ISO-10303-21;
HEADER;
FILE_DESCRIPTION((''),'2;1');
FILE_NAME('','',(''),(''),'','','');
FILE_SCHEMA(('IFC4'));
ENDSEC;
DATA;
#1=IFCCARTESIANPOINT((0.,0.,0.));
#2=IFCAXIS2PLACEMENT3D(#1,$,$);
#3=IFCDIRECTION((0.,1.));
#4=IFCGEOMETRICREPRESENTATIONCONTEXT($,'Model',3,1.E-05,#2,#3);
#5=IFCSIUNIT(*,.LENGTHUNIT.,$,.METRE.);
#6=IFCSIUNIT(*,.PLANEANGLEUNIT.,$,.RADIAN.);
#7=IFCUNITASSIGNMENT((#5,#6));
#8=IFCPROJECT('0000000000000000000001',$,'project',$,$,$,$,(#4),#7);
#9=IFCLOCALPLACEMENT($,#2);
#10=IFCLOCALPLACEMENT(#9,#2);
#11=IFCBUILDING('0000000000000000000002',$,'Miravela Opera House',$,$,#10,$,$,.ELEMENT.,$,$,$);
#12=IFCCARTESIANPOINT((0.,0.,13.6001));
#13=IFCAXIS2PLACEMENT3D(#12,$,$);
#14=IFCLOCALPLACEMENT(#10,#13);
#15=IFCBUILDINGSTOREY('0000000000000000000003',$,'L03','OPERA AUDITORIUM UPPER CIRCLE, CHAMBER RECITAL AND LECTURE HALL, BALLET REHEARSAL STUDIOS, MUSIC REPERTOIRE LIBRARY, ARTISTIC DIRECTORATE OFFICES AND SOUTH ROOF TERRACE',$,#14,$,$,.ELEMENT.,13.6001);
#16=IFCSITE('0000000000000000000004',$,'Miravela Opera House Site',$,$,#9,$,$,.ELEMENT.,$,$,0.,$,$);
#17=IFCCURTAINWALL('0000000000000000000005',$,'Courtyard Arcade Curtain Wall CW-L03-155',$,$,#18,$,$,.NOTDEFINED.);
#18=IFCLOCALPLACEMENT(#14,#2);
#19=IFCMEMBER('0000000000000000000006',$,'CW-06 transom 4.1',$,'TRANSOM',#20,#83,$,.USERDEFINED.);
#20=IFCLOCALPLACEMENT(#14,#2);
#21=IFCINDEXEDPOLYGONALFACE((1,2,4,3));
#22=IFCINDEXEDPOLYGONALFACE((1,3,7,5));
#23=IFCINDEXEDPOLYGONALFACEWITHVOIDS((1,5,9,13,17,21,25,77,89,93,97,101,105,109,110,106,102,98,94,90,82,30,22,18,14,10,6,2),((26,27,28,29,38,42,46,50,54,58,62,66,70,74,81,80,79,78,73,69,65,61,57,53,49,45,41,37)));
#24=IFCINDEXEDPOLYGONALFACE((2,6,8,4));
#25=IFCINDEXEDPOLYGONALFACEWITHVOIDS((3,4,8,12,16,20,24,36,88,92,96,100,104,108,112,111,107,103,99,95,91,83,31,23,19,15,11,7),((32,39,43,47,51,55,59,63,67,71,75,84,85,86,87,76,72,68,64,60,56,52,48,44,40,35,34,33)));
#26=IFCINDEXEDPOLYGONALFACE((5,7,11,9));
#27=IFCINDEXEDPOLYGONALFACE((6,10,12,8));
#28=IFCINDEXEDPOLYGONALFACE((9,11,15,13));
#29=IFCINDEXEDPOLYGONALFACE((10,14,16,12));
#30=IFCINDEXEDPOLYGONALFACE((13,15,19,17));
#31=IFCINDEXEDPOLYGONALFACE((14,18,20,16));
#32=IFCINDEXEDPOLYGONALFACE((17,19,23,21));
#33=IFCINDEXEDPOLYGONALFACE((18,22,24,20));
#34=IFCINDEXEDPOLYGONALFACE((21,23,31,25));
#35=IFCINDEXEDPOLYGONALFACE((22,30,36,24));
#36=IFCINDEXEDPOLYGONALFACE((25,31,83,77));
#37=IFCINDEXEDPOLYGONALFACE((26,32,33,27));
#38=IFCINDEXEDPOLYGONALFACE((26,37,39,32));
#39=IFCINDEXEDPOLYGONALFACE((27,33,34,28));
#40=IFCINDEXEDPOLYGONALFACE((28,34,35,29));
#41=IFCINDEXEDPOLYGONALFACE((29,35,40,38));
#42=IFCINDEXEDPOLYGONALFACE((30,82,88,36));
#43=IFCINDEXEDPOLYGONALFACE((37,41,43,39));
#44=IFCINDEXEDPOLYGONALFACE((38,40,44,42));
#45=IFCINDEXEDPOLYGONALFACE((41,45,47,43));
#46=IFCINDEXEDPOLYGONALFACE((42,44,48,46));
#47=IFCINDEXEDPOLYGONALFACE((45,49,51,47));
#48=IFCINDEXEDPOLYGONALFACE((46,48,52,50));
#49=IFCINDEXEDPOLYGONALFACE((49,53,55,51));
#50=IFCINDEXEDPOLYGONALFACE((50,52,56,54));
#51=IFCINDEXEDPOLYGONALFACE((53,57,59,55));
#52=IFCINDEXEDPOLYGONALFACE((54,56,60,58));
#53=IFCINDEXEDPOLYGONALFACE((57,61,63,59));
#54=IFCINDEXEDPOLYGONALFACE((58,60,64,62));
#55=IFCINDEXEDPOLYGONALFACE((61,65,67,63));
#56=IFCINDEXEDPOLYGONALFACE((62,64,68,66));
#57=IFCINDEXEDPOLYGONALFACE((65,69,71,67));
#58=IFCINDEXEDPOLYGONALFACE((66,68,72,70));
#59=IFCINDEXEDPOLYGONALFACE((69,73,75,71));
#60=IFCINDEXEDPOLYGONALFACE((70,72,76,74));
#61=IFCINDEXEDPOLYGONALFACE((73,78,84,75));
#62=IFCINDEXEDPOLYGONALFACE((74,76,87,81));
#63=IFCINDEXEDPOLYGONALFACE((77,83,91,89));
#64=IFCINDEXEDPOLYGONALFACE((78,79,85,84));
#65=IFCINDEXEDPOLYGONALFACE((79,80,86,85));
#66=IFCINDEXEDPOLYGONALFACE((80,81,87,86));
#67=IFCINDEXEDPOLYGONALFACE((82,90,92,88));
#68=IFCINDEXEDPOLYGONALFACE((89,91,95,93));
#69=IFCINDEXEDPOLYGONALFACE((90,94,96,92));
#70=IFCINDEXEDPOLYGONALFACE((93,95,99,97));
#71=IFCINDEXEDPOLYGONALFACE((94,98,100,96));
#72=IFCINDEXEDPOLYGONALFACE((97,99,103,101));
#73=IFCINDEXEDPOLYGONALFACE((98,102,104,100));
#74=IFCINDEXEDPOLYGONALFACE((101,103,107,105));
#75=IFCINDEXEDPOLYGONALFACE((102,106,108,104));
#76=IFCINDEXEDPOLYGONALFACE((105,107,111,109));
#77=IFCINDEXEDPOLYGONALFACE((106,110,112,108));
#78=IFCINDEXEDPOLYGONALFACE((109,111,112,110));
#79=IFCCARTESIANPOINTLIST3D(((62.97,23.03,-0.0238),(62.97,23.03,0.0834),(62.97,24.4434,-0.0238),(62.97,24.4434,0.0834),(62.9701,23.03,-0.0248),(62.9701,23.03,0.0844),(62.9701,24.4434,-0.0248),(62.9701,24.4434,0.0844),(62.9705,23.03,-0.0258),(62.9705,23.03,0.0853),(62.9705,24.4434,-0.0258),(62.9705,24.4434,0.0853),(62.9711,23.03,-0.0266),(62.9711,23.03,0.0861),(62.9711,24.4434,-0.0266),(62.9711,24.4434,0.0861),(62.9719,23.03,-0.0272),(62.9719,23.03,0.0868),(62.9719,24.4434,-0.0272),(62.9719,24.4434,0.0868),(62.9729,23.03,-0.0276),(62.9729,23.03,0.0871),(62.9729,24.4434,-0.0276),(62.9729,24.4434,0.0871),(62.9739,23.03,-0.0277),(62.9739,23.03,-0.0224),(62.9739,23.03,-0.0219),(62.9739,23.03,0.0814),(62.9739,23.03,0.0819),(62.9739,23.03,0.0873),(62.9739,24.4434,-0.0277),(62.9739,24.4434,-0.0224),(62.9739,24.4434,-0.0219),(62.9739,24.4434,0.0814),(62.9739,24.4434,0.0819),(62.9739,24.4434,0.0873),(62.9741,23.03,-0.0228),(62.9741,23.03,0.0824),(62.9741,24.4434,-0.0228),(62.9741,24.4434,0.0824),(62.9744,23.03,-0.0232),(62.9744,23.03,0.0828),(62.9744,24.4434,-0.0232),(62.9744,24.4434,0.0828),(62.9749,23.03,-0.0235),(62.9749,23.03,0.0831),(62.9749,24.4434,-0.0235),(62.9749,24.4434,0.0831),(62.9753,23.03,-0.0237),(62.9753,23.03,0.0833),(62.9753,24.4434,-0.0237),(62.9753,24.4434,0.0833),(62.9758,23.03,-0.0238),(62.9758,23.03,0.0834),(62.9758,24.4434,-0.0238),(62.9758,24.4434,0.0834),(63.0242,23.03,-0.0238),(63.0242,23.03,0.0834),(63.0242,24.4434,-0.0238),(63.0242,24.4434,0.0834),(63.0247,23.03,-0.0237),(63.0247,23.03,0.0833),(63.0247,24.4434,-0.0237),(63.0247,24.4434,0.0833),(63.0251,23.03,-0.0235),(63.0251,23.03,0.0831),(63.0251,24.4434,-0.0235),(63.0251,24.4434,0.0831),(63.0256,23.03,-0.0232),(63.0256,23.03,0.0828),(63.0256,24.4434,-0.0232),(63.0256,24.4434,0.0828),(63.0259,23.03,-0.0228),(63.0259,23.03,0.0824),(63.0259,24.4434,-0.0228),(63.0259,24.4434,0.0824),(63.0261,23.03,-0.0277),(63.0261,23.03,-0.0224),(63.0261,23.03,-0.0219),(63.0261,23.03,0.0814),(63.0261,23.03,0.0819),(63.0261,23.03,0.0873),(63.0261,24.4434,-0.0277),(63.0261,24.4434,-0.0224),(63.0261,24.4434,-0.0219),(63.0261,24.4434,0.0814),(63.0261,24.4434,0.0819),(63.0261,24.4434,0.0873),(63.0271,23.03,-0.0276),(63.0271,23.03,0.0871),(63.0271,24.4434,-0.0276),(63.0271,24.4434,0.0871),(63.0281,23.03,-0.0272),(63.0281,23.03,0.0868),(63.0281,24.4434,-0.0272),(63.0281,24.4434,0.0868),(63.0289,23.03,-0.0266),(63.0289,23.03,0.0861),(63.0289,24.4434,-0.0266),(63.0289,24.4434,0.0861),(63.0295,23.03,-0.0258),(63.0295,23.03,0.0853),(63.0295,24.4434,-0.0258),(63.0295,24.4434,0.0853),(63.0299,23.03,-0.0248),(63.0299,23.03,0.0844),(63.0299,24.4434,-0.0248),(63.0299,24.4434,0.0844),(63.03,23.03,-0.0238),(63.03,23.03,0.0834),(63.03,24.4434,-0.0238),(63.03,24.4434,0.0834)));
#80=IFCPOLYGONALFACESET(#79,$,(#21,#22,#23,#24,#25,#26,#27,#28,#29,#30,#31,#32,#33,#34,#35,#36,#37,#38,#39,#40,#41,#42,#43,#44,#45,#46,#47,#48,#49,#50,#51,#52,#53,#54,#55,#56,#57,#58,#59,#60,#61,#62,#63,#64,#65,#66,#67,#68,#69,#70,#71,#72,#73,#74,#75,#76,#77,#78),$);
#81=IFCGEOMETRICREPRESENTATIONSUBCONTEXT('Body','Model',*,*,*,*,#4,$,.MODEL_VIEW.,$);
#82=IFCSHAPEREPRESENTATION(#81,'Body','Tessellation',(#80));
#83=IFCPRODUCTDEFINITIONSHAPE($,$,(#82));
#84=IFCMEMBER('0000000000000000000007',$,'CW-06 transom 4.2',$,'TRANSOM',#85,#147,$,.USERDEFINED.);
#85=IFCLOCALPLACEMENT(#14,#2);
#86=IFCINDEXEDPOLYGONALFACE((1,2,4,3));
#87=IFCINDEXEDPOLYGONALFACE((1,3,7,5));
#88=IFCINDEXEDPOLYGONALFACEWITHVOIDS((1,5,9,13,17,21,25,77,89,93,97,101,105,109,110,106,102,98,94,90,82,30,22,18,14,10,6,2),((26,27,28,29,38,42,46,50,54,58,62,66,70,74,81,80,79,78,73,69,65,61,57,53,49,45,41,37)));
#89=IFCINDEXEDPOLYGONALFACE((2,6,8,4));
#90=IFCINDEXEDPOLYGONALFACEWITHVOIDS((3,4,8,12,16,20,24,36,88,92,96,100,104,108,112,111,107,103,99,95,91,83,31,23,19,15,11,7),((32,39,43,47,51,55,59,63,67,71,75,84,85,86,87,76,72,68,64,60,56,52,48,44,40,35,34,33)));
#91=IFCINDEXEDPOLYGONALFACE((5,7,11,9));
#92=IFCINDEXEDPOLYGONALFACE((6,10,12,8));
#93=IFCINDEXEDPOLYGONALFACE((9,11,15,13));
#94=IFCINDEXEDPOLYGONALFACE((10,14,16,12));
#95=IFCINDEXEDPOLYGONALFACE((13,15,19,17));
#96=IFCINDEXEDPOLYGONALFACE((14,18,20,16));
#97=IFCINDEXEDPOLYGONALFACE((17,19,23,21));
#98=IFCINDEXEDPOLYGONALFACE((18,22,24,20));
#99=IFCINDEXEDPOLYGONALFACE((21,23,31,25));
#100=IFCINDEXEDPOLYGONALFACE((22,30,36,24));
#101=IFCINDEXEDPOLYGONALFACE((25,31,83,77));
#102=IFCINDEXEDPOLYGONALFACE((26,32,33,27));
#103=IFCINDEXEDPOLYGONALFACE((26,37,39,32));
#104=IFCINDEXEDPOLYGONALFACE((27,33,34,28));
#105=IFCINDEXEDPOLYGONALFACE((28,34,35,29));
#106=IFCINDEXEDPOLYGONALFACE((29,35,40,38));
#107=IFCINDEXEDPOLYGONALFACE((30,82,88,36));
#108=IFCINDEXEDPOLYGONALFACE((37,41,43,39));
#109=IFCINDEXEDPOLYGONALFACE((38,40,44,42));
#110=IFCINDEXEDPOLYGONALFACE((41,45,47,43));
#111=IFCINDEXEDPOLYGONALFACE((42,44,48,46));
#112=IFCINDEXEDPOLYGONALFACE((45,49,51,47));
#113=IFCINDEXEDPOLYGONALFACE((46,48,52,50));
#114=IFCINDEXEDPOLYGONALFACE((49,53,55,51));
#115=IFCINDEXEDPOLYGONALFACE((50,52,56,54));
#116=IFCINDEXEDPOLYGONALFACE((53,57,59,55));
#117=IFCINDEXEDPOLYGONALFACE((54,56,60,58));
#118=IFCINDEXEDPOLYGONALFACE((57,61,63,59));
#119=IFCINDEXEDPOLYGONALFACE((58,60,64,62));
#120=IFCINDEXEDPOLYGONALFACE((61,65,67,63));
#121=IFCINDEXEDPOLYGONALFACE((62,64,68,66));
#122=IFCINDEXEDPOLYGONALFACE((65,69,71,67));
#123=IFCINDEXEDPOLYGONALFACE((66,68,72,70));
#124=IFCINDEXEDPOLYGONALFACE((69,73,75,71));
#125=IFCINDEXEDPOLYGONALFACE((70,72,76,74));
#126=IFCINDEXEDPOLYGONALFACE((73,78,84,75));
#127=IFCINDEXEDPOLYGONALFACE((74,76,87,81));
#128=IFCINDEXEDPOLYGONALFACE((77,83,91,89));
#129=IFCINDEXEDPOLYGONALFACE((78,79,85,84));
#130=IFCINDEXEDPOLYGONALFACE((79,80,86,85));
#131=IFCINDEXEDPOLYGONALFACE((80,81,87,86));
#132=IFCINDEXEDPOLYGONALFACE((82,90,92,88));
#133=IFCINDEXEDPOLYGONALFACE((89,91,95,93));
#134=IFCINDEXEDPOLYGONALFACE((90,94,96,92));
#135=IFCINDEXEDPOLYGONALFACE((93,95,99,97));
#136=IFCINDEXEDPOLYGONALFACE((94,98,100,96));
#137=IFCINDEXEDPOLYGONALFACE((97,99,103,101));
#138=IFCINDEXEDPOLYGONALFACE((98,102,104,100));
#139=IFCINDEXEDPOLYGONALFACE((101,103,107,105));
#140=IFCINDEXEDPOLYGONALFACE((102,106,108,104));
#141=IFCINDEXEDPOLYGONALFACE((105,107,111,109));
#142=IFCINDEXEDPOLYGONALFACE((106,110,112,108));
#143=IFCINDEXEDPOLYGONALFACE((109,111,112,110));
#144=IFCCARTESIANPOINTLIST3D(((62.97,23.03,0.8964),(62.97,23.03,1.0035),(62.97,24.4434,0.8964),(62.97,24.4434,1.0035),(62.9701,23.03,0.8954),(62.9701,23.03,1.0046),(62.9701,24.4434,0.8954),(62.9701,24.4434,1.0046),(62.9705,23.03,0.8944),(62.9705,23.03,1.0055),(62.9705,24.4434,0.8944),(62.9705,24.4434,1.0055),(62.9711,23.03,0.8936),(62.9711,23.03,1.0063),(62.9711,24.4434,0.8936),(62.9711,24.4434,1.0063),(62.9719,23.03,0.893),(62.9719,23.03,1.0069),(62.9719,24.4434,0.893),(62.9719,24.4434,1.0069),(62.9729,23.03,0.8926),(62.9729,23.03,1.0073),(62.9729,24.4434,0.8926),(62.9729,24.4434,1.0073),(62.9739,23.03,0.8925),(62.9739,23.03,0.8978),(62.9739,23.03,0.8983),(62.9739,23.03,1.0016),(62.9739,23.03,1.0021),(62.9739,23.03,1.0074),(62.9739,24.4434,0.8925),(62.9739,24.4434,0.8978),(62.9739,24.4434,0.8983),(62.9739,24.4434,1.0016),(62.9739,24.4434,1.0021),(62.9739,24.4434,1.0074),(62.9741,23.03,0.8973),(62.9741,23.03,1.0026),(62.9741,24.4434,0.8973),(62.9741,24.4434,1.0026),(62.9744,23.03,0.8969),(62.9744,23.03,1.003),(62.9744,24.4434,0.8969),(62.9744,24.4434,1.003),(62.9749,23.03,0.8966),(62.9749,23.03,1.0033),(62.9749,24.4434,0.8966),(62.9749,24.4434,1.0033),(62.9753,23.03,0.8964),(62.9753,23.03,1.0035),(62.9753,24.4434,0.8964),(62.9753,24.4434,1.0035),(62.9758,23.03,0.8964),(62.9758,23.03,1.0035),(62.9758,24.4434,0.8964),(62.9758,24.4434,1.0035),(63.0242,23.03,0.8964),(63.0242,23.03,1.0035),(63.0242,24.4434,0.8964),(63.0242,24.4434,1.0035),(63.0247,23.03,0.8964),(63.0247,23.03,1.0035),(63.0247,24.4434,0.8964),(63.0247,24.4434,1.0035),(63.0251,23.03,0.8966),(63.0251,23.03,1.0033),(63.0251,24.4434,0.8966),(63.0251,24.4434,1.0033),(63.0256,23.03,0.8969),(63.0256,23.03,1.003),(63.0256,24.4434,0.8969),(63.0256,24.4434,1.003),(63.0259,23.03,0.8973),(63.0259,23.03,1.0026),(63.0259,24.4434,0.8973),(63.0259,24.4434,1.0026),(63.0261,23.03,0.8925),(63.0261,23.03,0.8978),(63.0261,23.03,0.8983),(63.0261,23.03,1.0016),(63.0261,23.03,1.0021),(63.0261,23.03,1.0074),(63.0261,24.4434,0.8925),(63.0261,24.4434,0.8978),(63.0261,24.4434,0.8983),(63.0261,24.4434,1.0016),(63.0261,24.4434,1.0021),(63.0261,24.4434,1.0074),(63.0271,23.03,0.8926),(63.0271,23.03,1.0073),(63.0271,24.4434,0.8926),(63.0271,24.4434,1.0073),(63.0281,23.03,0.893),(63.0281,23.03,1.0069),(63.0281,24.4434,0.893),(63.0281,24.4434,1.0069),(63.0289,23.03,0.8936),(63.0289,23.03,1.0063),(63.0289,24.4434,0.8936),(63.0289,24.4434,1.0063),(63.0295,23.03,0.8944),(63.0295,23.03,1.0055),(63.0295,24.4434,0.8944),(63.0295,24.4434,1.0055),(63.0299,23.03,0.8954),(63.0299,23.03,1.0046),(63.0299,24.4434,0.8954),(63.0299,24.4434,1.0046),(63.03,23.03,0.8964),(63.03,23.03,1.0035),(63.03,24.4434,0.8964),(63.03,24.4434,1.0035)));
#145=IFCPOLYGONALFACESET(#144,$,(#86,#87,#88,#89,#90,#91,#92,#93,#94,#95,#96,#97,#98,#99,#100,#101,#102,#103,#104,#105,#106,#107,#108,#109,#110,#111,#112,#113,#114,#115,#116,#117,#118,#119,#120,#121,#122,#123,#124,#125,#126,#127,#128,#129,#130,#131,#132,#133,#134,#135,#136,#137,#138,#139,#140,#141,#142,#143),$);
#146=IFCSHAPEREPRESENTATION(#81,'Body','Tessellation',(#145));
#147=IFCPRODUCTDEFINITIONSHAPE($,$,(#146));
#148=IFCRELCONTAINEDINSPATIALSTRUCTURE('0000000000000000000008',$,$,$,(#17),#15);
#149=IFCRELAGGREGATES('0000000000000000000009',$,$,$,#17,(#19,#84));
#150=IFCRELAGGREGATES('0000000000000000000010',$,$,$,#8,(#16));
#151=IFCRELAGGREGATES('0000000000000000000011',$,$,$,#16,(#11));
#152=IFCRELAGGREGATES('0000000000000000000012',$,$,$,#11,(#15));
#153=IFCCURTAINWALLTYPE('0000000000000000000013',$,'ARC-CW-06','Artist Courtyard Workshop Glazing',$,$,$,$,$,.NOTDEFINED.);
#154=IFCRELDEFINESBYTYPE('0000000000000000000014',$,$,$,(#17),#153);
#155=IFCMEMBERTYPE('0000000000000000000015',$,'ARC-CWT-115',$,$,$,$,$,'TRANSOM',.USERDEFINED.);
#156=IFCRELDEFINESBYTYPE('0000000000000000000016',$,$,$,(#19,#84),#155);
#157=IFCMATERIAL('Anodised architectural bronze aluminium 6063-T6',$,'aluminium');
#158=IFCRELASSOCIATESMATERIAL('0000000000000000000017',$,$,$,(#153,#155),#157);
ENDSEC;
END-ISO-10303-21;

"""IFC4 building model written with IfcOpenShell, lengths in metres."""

from ifc_helpers import new_model, si_unit, direction, frame, origin, origin_2d, place, context, subcontext, project, spatial, hollow_rectangle, extrude, material, material_profile, profile_set, type_object, element, aggregate, save


model = new_model("IFC4")

# Units and contexts
model_context = context("Model", 3, precision=1e-05, world=origin(), true_north=direction((0.0, 1.0)))
body_context = subcontext(model_context, "Body", "Model", "MODEL_VIEW")
ifc_project = project(units=[si_unit("LENGTHUNIT", "METRE"), si_unit("PLANEANGLEUNIT", "RADIAN")], contexts=[model_context])

# Site, building, storey
site_placement = place(None, origin())
site = spatial("IfcSite", under=ifc_project, at=site_placement, Name="Miravela Opera House Site", CompositionType="ELEMENT", RefElevation=0.0)
building_placement = place(site_placement, origin())
building = spatial("IfcBuilding", under=site, at=building_placement, Name="Miravela Opera House", CompositionType="ELEMENT")
storey_placement = place(building_placement, frame((0.0, 0.0, 13.6001)))
storey = spatial("IfcBuildingStorey", under=building, at=storey_placement, Name="L03", Description="OPERA AUDITORIUM UPPER CIRCLE, CHAMBER RECITAL AND LECTURE HALL, BALLET REHEARSAL STUDIOS, MUSIC REPERTOIRE LIBRARY, ARTISTIC DIRECTORATE OFFICES AND SOUTH ROOF TERRACE", CompositionType="ELEMENT", Elevation=13.6001)

# Curtain wall, members
ifc_material_1 = material(Name="Anodised architectural bronze aluminium 6063-T6", Category="aluminium")
curtain_wall_type = type_object("IfcCurtainWallType", Name="ARC-CW-06", Description="Artist Courtyard Workshop Glazing", PredefinedType="NOTDEFINED", material=ifc_material_1)
curtain_wall_placement = place(storey_placement, origin())
curtain_wall = element("IfcCurtainWall", 1, at=curtain_wall_placement, inside=storey, type_object=curtain_wall_type, Name="Courtyard Arcade Curtain Wall CW-L03-155", PredefinedType="NOTDEFINED")
ifc_material_profile_1 = material_profile(ifc_material_1, hollow_rectangle(XDim=0.0601, YDim=0.115, WallThickness=0.0039, InnerFilletRadius=0.002, OuterFilletRadius=0.0039, at=origin_2d()), Name="CWT-60X115")
ifc_profile_set_1 = profile_set([ifc_material_profile_1])
member_type_1 = type_object("IfcMemberType", Name="ARC-CWT-115", ElementType="TRANSOM", PredefinedType="USERDEFINED", material=ifc_profile_set_1)
member_1_placement = place(storey_placement, frame((63.0, 23.03, 0.0298), z_axis=(0.0, 1.0, 0.0), x_axis=(-1.0, 0.0, 0.0)))
member_1 = element("IfcMember", 2, at=member_1_placement, type_object=member_type_1, Name="CW-06 transom 4.1", ObjectType="TRANSOM", PredefinedType="USERDEFINED", context=body_context, shape_type="SweptSolid", body=[
    extrude(hollow_rectangle(XDim=0.0601, YDim=0.115, WallThickness=0.0039, InnerFilletRadius=0.002, OuterFilletRadius=0.0039, at=origin_2d()), origin(), (0.0, 0.0, 1.0), 1.4133),
])
member_2_placement = place(storey_placement, frame((63.0, 23.03, 0.95), z_axis=(0.0, 1.0, 0.0), x_axis=(-1.0, 0.0, 0.0)))
member_2 = element("IfcMember", 3, at=member_2_placement, type_object=member_type_1, Name="CW-06 transom 4.2", ObjectType="TRANSOM", PredefinedType="USERDEFINED", context=body_context, shape_type="SweptSolid", body=[
    extrude(hollow_rectangle(XDim=0.0601, YDim=0.115, WallThickness=0.0039, InnerFilletRadius=0.002, OuterFilletRadius=0.0039, at=origin_2d()), origin(), (0.0, 0.0, 1.0), 1.4133),
])
aggregate(curtain_wall, [member_1, member_2])

save(model, "model.ifc")
